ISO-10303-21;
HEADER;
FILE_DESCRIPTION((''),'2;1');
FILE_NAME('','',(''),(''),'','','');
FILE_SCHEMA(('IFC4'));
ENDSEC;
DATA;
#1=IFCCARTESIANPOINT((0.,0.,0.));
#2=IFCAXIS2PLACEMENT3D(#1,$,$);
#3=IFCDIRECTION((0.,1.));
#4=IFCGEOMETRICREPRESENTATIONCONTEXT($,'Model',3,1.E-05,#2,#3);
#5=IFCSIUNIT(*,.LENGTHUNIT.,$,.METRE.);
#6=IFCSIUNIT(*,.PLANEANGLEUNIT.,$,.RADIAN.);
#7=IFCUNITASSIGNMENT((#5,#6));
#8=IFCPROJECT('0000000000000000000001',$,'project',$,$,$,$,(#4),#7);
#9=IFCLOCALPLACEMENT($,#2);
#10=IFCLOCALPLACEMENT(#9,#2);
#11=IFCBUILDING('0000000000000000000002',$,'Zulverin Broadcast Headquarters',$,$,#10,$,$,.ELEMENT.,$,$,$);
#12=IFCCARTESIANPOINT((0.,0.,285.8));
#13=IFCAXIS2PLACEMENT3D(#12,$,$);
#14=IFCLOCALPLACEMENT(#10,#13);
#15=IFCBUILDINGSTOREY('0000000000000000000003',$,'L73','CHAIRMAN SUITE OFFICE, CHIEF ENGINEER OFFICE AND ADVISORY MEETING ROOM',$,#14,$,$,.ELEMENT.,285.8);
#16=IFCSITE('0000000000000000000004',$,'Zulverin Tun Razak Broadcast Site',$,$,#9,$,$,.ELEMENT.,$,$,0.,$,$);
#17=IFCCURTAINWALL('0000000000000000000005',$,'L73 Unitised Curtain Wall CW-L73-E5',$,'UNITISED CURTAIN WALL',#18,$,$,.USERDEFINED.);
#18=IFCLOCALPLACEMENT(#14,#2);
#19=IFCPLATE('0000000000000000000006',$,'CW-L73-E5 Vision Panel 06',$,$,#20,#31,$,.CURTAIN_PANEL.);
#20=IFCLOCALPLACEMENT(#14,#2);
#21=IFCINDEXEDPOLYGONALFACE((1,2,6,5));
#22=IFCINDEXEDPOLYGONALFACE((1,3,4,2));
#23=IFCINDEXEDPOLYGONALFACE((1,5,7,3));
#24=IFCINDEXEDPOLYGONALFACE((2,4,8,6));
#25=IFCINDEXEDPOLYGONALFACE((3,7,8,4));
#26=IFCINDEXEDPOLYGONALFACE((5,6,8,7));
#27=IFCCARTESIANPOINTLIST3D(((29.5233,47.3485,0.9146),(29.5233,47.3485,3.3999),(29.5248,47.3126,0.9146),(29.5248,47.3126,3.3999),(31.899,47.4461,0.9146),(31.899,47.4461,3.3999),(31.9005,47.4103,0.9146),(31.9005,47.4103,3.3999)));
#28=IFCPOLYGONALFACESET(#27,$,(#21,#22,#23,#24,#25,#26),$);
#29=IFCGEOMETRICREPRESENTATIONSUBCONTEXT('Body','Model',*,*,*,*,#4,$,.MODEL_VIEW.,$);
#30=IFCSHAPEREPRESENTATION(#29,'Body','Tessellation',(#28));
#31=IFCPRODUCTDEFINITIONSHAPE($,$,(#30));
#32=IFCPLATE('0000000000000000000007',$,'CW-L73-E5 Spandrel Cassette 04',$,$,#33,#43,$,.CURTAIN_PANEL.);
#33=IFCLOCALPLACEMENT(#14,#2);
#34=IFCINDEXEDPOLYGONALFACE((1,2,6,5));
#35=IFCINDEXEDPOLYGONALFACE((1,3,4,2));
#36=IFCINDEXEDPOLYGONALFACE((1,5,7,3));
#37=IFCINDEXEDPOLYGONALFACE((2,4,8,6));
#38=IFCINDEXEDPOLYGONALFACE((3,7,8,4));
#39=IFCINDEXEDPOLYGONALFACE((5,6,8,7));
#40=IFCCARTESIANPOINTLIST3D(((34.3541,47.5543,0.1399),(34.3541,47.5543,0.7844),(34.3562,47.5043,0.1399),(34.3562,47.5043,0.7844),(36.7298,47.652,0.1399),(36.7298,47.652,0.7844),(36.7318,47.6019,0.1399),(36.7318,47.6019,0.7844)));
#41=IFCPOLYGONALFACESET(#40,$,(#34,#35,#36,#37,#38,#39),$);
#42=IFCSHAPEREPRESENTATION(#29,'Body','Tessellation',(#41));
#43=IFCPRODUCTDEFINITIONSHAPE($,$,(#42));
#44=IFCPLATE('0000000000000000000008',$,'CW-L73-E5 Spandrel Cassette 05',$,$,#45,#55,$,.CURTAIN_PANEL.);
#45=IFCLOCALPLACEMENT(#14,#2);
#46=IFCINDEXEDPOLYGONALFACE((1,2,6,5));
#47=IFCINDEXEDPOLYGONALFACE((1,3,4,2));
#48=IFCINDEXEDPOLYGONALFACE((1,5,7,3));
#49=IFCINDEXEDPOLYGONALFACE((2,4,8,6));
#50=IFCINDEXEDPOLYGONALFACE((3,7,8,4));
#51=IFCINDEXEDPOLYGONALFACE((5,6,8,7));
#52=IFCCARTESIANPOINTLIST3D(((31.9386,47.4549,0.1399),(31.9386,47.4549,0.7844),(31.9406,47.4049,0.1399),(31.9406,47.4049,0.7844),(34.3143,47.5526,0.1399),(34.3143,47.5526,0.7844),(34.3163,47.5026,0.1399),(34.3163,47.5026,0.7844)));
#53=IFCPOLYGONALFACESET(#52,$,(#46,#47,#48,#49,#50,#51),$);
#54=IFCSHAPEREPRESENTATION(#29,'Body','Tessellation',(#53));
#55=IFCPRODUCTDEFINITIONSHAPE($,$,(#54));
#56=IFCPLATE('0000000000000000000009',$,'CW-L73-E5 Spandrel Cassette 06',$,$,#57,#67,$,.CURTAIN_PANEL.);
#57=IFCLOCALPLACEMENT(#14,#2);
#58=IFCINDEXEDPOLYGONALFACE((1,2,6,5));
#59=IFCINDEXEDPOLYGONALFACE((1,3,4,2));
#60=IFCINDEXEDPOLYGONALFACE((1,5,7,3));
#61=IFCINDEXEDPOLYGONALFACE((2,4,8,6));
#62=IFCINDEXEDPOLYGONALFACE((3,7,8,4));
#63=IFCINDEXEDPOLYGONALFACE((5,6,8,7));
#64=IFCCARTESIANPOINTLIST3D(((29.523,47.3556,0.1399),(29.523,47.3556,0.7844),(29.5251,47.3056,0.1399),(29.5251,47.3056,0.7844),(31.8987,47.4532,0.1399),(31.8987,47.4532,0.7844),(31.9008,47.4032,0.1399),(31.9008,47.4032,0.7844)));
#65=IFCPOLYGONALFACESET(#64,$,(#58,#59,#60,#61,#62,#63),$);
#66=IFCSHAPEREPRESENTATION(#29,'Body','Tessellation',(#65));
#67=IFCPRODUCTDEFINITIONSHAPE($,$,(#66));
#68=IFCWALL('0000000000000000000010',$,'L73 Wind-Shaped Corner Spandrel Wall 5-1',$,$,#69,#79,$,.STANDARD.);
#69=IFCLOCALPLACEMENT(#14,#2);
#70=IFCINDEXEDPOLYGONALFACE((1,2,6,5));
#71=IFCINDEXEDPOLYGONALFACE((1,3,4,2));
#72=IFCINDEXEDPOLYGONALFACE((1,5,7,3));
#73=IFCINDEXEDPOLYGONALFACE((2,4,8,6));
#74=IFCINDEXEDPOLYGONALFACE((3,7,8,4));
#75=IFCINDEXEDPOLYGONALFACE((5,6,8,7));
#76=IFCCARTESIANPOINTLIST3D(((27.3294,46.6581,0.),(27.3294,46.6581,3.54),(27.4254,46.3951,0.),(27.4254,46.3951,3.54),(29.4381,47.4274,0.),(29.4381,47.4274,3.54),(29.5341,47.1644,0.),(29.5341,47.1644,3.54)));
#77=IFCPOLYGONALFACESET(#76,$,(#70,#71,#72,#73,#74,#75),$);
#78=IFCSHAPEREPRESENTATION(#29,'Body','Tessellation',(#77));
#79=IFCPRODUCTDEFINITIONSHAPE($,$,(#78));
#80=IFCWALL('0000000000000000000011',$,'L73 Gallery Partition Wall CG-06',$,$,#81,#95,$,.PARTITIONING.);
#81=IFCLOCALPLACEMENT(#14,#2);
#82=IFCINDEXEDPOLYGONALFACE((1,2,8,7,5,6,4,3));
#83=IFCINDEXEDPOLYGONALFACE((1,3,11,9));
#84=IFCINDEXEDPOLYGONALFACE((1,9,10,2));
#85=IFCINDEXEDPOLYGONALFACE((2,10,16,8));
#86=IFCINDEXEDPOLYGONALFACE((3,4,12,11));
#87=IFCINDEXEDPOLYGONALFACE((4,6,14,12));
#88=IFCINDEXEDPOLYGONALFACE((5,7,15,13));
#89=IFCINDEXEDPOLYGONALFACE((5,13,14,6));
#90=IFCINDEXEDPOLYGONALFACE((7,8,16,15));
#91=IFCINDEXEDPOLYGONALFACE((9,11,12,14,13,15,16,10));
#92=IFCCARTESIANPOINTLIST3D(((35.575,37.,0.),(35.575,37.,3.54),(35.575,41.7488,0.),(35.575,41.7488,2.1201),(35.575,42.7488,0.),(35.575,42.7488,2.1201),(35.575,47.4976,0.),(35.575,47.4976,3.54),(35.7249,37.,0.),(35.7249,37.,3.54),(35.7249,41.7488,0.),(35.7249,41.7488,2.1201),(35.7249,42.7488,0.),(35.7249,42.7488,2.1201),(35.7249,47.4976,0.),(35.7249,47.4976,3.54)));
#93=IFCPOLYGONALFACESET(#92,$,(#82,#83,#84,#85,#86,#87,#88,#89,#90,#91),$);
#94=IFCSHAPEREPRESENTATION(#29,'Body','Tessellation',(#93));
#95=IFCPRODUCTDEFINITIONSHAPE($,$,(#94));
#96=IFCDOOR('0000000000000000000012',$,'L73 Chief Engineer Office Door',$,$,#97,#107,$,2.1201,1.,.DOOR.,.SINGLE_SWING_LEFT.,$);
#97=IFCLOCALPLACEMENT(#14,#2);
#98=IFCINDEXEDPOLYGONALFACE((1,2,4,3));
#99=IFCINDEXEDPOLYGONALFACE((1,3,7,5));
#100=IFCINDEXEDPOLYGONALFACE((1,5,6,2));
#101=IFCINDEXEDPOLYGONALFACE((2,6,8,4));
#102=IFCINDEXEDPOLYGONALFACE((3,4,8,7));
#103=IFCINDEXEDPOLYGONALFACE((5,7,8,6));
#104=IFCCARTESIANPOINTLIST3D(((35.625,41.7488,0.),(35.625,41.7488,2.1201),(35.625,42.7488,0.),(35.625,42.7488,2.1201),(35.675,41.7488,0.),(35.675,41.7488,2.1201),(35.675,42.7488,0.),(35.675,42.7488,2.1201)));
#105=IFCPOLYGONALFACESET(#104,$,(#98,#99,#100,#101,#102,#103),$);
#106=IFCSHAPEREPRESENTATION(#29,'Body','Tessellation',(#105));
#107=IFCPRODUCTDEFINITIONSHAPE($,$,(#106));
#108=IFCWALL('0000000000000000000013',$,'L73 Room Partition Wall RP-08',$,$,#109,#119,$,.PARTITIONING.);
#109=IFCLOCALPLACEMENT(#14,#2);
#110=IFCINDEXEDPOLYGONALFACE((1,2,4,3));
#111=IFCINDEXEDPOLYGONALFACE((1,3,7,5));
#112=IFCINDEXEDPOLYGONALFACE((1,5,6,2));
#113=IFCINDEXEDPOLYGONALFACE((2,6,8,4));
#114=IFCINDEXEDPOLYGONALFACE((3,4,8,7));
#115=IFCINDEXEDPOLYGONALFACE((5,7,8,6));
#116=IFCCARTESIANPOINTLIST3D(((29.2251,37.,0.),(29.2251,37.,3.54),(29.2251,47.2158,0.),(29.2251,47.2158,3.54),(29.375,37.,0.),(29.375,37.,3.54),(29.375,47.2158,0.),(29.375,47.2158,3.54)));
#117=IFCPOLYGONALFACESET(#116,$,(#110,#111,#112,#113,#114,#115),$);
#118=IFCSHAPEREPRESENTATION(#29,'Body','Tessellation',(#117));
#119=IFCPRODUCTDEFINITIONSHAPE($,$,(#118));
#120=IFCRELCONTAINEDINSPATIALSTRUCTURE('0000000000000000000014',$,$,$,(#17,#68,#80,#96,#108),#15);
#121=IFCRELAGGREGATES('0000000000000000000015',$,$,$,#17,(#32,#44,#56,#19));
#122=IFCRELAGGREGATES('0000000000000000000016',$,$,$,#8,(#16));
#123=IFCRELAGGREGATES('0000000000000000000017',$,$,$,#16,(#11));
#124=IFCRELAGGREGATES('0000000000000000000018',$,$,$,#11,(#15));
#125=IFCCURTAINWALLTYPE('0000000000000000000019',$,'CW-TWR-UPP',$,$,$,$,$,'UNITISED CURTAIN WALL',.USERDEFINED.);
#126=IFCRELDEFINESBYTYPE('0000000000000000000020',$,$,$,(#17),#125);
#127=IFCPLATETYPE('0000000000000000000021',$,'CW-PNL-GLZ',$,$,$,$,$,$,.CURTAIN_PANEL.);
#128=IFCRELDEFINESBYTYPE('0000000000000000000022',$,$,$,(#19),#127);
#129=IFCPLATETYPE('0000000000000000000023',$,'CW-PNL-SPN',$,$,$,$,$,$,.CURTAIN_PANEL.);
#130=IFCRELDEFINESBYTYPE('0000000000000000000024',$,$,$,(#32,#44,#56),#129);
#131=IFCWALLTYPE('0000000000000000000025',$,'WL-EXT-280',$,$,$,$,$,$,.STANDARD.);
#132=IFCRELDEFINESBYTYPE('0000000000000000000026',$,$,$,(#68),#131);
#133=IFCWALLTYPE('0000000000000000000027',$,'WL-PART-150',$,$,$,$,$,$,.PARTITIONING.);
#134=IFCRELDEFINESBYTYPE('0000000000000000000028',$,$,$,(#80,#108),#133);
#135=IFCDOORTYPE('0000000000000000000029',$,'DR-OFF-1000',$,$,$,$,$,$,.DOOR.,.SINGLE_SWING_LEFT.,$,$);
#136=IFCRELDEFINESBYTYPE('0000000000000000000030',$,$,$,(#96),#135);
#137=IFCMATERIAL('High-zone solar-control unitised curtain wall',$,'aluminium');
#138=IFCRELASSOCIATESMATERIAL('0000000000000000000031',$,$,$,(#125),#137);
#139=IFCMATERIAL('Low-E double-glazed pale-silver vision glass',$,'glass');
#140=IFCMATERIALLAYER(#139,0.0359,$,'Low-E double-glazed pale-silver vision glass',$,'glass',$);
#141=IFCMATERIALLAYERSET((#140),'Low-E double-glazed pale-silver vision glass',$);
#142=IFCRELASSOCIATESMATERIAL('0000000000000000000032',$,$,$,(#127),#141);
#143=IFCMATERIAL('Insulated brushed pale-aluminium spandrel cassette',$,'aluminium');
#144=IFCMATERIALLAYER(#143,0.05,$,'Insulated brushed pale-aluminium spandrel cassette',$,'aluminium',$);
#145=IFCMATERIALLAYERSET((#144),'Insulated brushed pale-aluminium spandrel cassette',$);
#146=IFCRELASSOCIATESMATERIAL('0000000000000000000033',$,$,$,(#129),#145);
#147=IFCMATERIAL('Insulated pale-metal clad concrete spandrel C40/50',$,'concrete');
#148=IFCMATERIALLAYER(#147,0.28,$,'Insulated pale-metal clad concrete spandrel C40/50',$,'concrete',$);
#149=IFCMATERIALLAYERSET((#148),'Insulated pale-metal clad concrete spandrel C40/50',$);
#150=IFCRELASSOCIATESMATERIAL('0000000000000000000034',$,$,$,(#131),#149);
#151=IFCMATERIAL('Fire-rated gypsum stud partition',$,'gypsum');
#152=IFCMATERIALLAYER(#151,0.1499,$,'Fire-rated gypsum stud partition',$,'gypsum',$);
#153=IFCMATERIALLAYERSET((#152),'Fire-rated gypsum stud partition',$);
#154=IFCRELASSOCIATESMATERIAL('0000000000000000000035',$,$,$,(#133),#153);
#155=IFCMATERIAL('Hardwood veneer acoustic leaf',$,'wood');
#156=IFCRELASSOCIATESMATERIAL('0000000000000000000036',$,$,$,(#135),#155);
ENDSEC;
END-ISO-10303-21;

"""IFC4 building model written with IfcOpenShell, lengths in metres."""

from ifc_helpers import new_model, si_unit, direction, frame, frame_2d, origin, origin_2d, place, context, subcontext, project, spatial, rectangle, extrude, material, layer, layer_set, type_object, element, fill, aggregate, save


model = new_model("IFC4")

# Units and contexts
model_context = context("Model", 3, precision=1e-05, world=origin(), true_north=direction((0.0, 1.0)))
body_context = subcontext(model_context, "Body", "Model", "MODEL_VIEW")
ifc_project = project(units=[si_unit("LENGTHUNIT", "METRE"), si_unit("PLANEANGLEUNIT", "RADIAN")], contexts=[model_context])

# Site, building, storey
site_placement = place(None, origin())
site = spatial("IfcSite", under=ifc_project, at=site_placement, Name="Zulverin Tun Razak Broadcast Site", CompositionType="ELEMENT", RefElevation=0.0)
building_placement = place(site_placement, origin())
building = spatial("IfcBuilding", under=site, at=building_placement, Name="Zulverin Broadcast Headquarters", CompositionType="ELEMENT")
storey_placement = place(building_placement, frame((0.0, 0.0, 285.8)))
storey = spatial("IfcBuildingStorey", under=building, at=storey_placement, Name="L73", Description="CHAIRMAN SUITE OFFICE, CHIEF ENGINEER OFFICE AND ADVISORY MEETING ROOM", CompositionType="ELEMENT", Elevation=285.8)

# Curtain wall, plates
ifc_material_1 = material(Name="High-zone solar-control unitised curtain wall", Category="aluminium")
curtain_wall_type = type_object("IfcCurtainWallType", Name="CW-TWR-UPP", ElementType="UNITISED CURTAIN WALL", PredefinedType="USERDEFINED", material=ifc_material_1)
curtain_wall_placement = place(storey_placement, origin())
curtain_wall = element("IfcCurtainWall", 1, at=curtain_wall_placement, inside=storey, type_object=curtain_wall_type, Name="L73 Unitised Curtain Wall CW-L73-E5", ObjectType="UNITISED CURTAIN WALL", PredefinedType="USERDEFINED")
ifc_material_2 = material(Name="Low-E double-glazed pale-silver vision glass", Category="glass")
ifc_layer_1 = layer(ifc_material_2, 0.0359, Name="Low-E double-glazed pale-silver vision glass", Category="glass")
ifc_layer_set_1 = layer_set([ifc_layer_1], Name="Low-E double-glazed pale-silver vision glass")
plate_type_1 = type_object("IfcPlateType", Name="CW-PNL-GLZ", PredefinedType="CURTAIN_PANEL", material=ifc_layer_set_1)
plate_1_placement = place(storey_placement, frame((30.7119, 47.3794, 0.9146), z_axis=(0.0, 0.0, 1.0), x_axis=(-0.999156, -0.041068, 0.0)))
plate_1 = element("IfcPlate", 2, at=plate_1_placement, type_object=plate_type_1, Name="CW-L73-E5 Vision Panel 06", PredefinedType="CURTAIN_PANEL", context=body_context, shape_type="SweptSolid", body=[
    extrude(rectangle(XDim=2.3777, YDim=0.0359, at=origin_2d()), origin(), (0.0, 0.0, 1.0), 2.4854),
])
ifc_material_3 = material(Name="Insulated brushed pale-aluminium spandrel cassette", Category="aluminium")
ifc_layer_2 = layer(ifc_material_3, 0.05, Name="Insulated brushed pale-aluminium spandrel cassette", Category="aluminium")
ifc_layer_set_2 = layer_set([ifc_layer_2], Name="Insulated brushed pale-aluminium spandrel cassette")
plate_type_2 = type_object("IfcPlateType", Name="CW-PNL-SPN", PredefinedType="CURTAIN_PANEL", material=ifc_layer_set_2)
plate_2_placement = place(storey_placement, frame((35.543, 47.5781, 0.1399), z_axis=(0.0, 0.0, 1.0), x_axis=(-0.999156, -0.041068, 0.0)))
plate_2 = element("IfcPlate", 3, at=plate_2_placement, type_object=plate_type_2, Name="CW-L73-E5 Spandrel Cassette 04", PredefinedType="CURTAIN_PANEL", context=body_context, shape_type="SweptSolid", body=[
    extrude(rectangle(XDim=2.3777, YDim=0.05, at=origin_2d()), origin(), (0.0, 0.0, 1.0), 0.6445),
])
plate_3_placement = place(storey_placement, frame((33.1274, 47.4788, 0.1399), z_axis=(0.0, 0.0, 1.0), x_axis=(-0.999156, -0.041068, 0.0)))
plate_3 = element("IfcPlate", 4, at=plate_3_placement, type_object=plate_type_2, Name="CW-L73-E5 Spandrel Cassette 05", PredefinedType="CURTAIN_PANEL", context=body_context, shape_type="SweptSolid", body=[
    extrude(rectangle(XDim=2.3777, YDim=0.05, at=origin_2d()), origin(), (0.0, 0.0, 1.0), 0.6445),
])
plate_4_placement = place(storey_placement, frame((30.7119, 47.3794, 0.1399), z_axis=(0.0, 0.0, 1.0), x_axis=(-0.999156, -0.041068, 0.0)))
plate_4 = element("IfcPlate", 5, at=plate_4_placement, type_object=plate_type_2, Name="CW-L73-E5 Spandrel Cassette 06", PredefinedType="CURTAIN_PANEL", context=body_context, shape_type="SweptSolid", body=[
    extrude(rectangle(XDim=2.3777, YDim=0.05, at=origin_2d()), origin(), (0.0, 0.0, 1.0), 0.6445),
])
aggregate(curtain_wall, [plate_2, plate_3, plate_4, plate_1])

# Wall
ifc_material_4 = material(Name="Insulated pale-metal clad concrete spandrel C40/50", Category="concrete")
ifc_layer_3 = layer(ifc_material_4, 0.28, Name="Insulated pale-metal clad concrete spandrel C40/50", Category="concrete")
ifc_layer_set_3 = layer_set([ifc_layer_3], Name="Insulated pale-metal clad concrete spandrel C40/50")
wall_type_1 = type_object("IfcWallType", Name="WL-EXT-280", PredefinedType="STANDARD", material=ifc_layer_set_3)
wall_1_placement = place(storey_placement, frame((29.4861, 47.2959, 0.0), z_axis=(0.0, 0.0, 1.0), x_axis=(-0.939434, -0.34273, 0.0)))
element("IfcWall", 6, at=wall_1_placement, inside=storey, type_object=wall_type_1, Name="L73 Wind-Shaped Corner Spandrel Wall 5-1", PredefinedType="STANDARD", context=body_context, shape_type="SweptSolid", body=[
    extrude(rectangle(XDim=2.2446, YDim=0.28, at=frame_2d((1.1223, 0.0))), origin(), (0.0, 0.0, 1.0), 3.54),
])

# Wall, opening, door
ifc_material_5 = material(Name="Fire-rated gypsum stud partition", Category="gypsum")
ifc_layer_4 = layer(ifc_material_5, 0.1499, Name="Fire-rated gypsum stud partition", Category="gypsum")
ifc_layer_set_4 = layer_set([ifc_layer_4], Name="Fire-rated gypsum stud partition")
wall_type_2 = type_object("IfcWallType", Name="WL-PART-150", PredefinedType="PARTITIONING", material=ifc_layer_set_4)
wall_2_placement = place(storey_placement, frame((35.6499, 37.0, 0.0), z_axis=(0.0, 0.0, 1.0), x_axis=(0.0, 1.0, 0.0)))
wall_2 = element("IfcWall", 7, at=wall_2_placement, inside=storey, type_object=wall_type_2, Name="L73 Gallery Partition Wall CG-06", PredefinedType="PARTITIONING", context=body_context, shape_type="SweptSolid", body=[
    extrude(rectangle(XDim=10.4976, YDim=0.1499, at=frame_2d((5.2488, 0.0))), origin(), (0.0, 0.0, 1.0), 3.54),
])
opening_placement = place(wall_2_placement, frame((4.7488, 0.0, 0.0)))
opening = element("IfcOpeningElement", 8, at=opening_placement, cuts=wall_2, PredefinedType="OPENING", context=body_context, shape_type="SweptSolid", body=[
    extrude(rectangle(XDim=1.0, YDim=2.1201, at=frame_2d((0.5, 1.0601))), frame((0.0, 0.085, 0.0), z_axis=(0.0, -1.0, 0.0), x_axis=(1.0, 0.0, 0.0)), (0.0, 0.0, 1.0), 0.1699),
])
ifc_material_6 = material(Name="Hardwood veneer acoustic leaf", Category="wood")
door_type = type_object("IfcDoorType", Name="DR-OFF-1000", OperationType="SINGLE_SWING_LEFT", PredefinedType="DOOR", material=ifc_material_6)
door_placement = place(opening_placement, origin())
door = element("IfcDoor", 9, at=door_placement, inside=storey, type_object=door_type, Name="L73 Chief Engineer Office Door", OperationType="SINGLE_SWING_LEFT", OverallHeight=2.1201, OverallWidth=1.0, PredefinedType="DOOR", context=body_context, shape_type="SweptSolid", body=[
    extrude(rectangle(XDim=1.0, YDim=2.1201, at=frame_2d((0.5, 1.0601))), frame((0.0, 0.0249, 0.0), z_axis=(0.0, -1.0, 0.0), x_axis=(1.0, 0.0, 0.0)), (0.0, 0.0, 1.0), 0.05),
])
fill(opening, door)

# Wall
wall_3_placement = place(storey_placement, frame((29.3, 37.0, 0.0), z_axis=(0.0, 0.0, 1.0), x_axis=(0.0, 1.0, 0.0)))
element("IfcWall", 10, at=wall_3_placement, inside=storey, type_object=wall_type_2, Name="L73 Room Partition Wall RP-08", PredefinedType="PARTITIONING", context=body_context, shape_type="SweptSolid", body=[
    extrude(rectangle(XDim=10.2158, YDim=0.1499, at=frame_2d((5.1079, 0.0))), origin(), (0.0, 0.0, 1.0), 3.54),
])

save(model, "model.ifc")
